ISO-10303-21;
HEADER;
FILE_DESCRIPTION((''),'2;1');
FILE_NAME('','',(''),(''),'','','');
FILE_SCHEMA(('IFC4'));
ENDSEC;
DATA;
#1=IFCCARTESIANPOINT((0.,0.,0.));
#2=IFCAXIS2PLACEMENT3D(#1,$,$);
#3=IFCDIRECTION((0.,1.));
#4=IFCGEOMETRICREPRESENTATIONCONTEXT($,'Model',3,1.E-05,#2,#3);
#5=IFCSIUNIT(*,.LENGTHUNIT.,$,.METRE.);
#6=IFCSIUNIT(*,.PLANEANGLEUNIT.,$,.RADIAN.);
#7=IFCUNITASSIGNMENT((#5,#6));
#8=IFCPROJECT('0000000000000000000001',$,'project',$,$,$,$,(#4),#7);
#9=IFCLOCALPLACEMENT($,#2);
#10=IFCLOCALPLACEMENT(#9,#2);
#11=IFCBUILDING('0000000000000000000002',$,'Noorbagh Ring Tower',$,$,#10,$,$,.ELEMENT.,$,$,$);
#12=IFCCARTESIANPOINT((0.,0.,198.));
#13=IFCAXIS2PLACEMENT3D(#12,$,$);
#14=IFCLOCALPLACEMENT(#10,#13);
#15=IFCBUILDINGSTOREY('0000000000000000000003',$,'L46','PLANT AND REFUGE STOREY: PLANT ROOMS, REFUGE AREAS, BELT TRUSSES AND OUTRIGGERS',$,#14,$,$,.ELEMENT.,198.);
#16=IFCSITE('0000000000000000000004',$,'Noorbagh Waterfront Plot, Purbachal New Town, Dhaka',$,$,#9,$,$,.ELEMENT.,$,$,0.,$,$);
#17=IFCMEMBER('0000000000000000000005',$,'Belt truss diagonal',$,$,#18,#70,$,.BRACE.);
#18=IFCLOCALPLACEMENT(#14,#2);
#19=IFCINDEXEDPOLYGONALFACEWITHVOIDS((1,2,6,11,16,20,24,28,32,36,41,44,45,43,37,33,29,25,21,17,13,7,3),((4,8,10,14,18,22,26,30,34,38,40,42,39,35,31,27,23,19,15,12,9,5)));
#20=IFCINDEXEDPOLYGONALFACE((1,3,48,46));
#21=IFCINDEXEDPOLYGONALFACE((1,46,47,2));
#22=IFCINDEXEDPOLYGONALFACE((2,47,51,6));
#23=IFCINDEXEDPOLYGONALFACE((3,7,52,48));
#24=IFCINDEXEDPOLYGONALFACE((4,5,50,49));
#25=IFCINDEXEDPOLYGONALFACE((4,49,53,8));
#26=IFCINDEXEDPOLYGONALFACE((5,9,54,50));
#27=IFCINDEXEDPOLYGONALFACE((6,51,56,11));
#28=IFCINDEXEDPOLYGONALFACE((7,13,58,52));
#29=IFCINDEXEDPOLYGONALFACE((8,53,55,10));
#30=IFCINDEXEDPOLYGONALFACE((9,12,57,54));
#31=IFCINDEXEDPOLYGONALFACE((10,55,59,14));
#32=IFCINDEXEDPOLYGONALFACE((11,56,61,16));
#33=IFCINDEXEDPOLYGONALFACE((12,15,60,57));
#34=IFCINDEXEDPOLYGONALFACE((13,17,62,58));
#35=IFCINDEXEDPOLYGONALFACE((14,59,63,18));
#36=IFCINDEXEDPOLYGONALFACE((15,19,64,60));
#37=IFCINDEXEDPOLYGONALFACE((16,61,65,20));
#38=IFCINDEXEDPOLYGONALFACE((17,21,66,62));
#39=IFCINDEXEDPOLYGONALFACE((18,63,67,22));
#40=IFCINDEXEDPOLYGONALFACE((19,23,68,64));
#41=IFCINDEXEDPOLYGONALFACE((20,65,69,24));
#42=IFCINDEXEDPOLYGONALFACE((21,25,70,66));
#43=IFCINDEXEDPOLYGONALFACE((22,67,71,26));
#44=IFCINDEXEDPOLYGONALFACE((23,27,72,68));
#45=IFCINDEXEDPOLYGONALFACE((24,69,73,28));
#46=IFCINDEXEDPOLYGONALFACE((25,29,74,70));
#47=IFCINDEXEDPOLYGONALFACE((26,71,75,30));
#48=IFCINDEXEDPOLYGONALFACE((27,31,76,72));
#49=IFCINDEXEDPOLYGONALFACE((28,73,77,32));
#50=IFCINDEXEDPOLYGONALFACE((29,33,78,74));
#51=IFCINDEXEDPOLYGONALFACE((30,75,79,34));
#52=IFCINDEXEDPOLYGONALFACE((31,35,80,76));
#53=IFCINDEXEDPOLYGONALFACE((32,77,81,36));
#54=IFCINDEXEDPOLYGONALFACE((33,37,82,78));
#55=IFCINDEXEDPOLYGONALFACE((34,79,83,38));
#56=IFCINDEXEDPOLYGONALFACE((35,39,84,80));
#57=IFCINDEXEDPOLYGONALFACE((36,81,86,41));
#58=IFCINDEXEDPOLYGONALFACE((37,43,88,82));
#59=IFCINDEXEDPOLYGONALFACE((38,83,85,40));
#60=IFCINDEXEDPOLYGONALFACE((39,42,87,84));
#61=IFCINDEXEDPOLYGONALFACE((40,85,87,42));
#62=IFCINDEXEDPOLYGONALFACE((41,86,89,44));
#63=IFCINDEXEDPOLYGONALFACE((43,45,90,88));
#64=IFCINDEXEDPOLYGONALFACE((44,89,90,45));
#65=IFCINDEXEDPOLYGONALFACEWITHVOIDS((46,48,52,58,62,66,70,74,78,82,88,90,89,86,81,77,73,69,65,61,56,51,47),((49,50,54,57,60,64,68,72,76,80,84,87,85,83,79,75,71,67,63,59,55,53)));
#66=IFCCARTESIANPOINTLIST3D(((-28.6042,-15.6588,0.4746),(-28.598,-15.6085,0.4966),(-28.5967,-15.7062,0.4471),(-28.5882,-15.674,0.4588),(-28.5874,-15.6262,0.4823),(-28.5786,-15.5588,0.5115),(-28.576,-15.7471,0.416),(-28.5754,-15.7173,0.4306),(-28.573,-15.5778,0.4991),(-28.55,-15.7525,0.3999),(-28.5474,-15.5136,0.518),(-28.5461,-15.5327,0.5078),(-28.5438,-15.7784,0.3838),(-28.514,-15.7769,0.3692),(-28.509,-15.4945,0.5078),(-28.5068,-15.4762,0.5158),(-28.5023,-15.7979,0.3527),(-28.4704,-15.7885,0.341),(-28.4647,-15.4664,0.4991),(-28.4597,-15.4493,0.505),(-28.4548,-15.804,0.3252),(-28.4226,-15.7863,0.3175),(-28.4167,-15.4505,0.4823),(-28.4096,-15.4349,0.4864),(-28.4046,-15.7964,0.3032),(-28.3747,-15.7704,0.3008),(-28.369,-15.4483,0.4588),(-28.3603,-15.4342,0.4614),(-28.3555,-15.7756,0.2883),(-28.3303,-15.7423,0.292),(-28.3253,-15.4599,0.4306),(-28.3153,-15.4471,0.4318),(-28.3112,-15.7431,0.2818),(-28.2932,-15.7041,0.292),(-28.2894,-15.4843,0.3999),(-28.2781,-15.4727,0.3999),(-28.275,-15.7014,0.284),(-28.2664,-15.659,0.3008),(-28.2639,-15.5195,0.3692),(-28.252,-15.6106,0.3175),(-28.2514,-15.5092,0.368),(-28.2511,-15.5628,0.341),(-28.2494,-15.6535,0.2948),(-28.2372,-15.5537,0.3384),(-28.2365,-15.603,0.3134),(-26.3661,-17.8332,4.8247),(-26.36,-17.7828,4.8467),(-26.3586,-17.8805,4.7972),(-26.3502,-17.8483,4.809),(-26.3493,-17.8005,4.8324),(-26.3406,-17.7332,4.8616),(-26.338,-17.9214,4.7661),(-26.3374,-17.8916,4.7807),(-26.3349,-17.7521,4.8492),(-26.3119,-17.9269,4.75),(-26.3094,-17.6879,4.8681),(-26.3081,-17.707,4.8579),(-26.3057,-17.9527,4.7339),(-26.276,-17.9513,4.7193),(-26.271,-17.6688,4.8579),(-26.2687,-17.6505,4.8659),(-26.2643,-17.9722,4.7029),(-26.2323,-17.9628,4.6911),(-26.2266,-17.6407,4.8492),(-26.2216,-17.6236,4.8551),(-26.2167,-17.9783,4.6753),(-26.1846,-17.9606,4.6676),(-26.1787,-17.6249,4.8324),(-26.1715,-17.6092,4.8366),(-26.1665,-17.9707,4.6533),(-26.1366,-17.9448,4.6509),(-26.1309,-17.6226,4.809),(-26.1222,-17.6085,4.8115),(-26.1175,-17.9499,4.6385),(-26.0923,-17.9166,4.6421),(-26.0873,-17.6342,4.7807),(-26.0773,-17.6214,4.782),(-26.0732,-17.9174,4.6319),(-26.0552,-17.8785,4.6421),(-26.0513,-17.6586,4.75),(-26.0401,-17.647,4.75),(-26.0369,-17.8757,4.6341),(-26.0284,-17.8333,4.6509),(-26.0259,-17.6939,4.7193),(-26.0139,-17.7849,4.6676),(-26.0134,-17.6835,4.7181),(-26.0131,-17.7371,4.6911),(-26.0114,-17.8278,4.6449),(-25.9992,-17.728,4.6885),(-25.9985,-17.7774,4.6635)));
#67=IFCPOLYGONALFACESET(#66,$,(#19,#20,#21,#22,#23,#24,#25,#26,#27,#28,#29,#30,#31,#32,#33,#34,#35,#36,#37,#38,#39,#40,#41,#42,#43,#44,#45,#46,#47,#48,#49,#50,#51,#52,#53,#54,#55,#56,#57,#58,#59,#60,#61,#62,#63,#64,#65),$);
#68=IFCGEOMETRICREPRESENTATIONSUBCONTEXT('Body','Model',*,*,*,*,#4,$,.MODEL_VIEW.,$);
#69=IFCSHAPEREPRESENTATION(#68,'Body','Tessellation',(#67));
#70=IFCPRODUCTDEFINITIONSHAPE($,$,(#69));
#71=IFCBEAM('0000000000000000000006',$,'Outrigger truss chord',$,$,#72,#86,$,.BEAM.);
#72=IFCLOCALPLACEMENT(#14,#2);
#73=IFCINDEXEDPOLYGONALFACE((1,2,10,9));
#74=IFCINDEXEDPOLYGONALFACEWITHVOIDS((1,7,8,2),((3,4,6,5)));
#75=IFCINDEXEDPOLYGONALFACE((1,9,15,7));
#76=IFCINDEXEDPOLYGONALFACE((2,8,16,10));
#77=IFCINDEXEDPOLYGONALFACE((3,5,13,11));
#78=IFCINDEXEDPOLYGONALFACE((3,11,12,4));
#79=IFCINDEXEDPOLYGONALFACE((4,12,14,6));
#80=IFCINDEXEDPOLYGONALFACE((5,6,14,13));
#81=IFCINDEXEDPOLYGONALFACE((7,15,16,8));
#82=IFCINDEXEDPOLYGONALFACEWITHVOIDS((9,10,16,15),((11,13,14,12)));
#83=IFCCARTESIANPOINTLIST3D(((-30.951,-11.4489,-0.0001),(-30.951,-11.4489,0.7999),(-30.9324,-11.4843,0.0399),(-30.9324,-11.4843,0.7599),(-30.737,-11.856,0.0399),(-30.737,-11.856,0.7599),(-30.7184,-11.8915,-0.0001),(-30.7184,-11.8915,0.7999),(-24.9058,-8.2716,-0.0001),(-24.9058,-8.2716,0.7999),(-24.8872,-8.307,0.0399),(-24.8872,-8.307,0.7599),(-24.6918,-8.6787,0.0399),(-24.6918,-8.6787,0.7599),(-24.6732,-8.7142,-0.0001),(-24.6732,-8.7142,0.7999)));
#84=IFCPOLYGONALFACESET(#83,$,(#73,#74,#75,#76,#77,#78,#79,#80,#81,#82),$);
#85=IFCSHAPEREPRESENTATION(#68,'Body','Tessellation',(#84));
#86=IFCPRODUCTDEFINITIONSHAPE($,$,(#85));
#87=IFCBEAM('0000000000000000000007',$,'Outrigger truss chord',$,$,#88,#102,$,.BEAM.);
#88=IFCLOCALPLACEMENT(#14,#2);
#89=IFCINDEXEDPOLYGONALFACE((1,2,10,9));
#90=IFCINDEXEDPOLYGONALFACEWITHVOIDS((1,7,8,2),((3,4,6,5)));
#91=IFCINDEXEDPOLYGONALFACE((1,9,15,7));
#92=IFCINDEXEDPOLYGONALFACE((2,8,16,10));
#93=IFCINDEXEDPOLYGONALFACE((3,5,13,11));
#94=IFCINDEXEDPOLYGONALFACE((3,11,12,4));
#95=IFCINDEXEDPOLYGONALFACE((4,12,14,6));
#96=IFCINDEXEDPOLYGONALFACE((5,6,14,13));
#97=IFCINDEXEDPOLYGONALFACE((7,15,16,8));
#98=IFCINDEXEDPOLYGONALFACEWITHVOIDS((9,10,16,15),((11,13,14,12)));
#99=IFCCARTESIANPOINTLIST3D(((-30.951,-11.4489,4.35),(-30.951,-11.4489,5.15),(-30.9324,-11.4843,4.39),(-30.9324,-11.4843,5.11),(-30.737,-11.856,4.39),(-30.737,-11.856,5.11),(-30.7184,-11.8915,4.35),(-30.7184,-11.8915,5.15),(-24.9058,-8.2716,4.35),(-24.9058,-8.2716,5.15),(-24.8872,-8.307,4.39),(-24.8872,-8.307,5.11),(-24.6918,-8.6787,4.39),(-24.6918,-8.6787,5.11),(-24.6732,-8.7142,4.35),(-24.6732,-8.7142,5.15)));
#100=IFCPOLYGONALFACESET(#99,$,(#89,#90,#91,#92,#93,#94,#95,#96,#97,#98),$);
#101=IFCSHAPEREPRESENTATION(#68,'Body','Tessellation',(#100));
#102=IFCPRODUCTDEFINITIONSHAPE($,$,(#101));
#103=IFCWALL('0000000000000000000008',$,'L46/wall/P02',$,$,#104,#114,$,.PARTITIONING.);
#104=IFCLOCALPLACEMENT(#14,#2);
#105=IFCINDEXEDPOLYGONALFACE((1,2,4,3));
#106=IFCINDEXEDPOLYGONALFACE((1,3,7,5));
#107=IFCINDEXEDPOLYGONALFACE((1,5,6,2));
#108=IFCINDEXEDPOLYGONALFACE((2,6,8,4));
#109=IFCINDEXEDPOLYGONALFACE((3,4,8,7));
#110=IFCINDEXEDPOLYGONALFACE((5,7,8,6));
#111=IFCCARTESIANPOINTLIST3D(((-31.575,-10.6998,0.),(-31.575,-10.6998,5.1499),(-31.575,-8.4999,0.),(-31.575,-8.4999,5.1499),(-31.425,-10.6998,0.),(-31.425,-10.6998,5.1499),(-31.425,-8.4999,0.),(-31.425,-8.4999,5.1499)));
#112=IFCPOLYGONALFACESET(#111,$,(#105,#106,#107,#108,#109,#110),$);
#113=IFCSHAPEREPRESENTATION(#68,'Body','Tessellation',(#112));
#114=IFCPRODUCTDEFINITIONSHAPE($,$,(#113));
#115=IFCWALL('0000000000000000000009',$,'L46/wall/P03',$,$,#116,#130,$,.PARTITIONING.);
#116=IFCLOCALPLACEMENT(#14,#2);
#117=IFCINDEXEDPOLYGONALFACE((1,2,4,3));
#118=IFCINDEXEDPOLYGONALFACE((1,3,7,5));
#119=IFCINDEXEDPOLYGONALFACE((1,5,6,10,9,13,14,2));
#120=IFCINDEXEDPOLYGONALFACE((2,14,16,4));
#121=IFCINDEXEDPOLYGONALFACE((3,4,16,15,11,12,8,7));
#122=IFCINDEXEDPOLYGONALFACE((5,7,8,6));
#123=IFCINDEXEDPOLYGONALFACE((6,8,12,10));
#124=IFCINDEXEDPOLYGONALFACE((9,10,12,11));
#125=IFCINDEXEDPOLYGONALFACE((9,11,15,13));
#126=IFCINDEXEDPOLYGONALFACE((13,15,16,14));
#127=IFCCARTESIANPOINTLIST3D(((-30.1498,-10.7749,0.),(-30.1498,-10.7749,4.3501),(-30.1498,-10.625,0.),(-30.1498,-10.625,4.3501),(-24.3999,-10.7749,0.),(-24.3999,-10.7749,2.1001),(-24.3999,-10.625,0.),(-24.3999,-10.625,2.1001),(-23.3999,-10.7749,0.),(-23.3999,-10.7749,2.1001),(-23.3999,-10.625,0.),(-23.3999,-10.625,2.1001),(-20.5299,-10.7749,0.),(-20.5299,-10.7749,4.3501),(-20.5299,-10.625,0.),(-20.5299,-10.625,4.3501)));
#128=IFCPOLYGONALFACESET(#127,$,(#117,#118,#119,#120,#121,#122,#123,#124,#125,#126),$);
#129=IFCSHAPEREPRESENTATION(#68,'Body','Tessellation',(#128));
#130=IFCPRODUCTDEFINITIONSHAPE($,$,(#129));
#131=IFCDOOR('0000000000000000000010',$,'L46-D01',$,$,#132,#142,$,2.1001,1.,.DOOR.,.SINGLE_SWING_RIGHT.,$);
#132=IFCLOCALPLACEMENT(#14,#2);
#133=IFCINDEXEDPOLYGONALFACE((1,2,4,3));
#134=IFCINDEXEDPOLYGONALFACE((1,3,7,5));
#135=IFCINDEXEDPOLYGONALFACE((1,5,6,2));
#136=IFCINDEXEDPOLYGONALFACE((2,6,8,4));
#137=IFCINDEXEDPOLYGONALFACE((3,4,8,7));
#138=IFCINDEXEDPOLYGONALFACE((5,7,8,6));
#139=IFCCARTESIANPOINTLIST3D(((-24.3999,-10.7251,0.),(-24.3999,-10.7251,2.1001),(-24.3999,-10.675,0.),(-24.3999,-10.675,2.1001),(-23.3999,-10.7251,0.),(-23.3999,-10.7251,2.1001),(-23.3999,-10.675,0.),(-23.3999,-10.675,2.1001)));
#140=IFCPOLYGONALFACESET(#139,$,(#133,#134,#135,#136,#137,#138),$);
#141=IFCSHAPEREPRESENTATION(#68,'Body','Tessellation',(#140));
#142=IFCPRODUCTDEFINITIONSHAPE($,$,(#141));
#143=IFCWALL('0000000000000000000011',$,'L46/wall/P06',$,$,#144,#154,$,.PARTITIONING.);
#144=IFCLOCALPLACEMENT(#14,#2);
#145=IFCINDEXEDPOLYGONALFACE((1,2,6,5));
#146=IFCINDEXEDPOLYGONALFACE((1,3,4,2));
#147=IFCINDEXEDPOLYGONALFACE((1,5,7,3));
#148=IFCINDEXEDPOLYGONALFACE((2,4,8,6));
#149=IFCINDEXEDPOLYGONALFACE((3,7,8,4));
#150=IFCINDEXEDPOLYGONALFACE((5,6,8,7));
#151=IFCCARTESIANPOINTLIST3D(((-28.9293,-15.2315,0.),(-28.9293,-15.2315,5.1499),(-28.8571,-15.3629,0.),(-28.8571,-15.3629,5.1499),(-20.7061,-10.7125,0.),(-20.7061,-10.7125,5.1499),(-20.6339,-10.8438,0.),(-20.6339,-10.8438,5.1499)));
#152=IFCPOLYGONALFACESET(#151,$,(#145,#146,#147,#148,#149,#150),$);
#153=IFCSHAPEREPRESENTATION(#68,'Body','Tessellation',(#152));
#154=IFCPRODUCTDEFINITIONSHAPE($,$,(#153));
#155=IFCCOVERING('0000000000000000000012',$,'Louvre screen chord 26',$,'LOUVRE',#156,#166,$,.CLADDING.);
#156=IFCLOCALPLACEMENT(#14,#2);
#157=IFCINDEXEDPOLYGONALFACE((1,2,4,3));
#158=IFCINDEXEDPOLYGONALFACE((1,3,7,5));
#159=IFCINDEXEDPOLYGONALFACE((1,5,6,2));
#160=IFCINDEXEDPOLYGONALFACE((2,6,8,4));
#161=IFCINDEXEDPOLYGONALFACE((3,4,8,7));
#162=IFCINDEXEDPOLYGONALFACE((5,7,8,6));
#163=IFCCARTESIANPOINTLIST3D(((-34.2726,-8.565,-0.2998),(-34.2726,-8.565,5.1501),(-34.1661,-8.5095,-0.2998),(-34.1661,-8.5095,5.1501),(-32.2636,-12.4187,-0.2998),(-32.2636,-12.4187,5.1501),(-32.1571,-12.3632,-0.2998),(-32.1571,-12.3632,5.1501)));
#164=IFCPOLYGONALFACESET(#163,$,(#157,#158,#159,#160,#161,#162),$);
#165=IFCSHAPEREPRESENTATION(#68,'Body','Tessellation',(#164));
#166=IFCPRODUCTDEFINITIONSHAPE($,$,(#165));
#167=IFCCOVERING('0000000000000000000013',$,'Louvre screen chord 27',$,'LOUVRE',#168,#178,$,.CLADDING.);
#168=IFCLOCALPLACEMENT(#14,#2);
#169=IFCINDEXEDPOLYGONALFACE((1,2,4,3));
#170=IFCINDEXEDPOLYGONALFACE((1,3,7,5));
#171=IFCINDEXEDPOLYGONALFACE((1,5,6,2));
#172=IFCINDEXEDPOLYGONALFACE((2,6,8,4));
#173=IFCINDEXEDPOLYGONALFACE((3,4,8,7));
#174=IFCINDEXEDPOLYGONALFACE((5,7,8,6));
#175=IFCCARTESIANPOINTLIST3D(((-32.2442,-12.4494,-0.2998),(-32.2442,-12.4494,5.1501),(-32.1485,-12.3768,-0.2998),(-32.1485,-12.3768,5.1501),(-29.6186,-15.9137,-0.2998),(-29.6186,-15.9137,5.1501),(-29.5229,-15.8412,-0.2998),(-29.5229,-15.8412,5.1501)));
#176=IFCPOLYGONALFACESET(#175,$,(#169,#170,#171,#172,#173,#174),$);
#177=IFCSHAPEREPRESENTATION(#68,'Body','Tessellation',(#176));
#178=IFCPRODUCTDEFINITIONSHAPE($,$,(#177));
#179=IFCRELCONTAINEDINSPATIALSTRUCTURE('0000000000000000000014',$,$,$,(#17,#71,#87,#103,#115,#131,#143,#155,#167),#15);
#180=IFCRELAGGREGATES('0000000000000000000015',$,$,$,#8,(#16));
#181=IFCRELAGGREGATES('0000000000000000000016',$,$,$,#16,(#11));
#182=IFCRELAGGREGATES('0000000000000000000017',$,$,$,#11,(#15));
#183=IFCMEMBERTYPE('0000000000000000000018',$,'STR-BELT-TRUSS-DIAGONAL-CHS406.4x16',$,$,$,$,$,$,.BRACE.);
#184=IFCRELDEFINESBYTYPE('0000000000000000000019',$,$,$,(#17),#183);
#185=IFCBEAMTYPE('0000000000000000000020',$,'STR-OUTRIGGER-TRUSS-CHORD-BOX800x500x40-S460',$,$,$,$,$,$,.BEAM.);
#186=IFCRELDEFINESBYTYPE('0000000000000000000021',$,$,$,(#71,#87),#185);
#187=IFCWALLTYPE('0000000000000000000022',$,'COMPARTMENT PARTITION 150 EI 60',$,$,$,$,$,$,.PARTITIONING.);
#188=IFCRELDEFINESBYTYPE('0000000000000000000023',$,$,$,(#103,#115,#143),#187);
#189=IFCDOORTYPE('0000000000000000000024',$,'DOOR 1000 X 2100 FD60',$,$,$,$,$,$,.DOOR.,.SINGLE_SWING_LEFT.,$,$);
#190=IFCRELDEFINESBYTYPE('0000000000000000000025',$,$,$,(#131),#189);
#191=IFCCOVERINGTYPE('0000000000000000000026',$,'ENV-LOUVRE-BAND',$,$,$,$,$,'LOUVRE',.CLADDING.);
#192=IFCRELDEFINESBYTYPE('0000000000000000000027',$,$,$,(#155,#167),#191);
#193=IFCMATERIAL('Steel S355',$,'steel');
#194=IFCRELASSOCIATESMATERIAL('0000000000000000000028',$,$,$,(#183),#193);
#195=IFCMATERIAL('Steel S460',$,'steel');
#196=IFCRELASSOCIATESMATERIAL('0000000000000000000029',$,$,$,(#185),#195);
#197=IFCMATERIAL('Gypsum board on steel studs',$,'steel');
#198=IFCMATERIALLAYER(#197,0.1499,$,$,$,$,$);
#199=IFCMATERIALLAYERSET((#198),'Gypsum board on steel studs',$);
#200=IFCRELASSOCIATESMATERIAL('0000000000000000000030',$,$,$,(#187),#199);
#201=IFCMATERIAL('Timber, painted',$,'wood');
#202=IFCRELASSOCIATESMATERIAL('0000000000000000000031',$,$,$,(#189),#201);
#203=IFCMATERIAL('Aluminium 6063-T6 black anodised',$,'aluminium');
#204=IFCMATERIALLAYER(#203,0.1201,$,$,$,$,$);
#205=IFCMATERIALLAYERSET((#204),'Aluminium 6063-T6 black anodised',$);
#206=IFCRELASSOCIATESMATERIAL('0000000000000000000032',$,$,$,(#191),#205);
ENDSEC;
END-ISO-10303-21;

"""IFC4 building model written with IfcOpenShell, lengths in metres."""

from ifc_helpers import new_model, si_unit, direction, frame, frame_2d, origin, origin_2d, place, context, subcontext, project, spatial, rectangle, hollow_rectangle, hollow_circle, extrude, material, layer, layer_set, material_profile, profile_set, type_object, element, fill, save


model = new_model("IFC4")

# Units and contexts
model_context = context("Model", 3, precision=1e-05, world=origin(), true_north=direction((0.0, 1.0)))
body_context = subcontext(model_context, "Body", "Model", "MODEL_VIEW")
ifc_project = project(units=[si_unit("LENGTHUNIT", "METRE"), si_unit("PLANEANGLEUNIT", "RADIAN")], contexts=[model_context])

# Site, building, storey
site_placement = place(None, origin())
site = spatial("IfcSite", under=ifc_project, at=site_placement, Name="Noorbagh Waterfront Plot, Purbachal New Town, Dhaka", CompositionType="ELEMENT", RefElevation=0.0)
building_placement = place(site_placement, origin())
building = spatial("IfcBuilding", under=site, at=building_placement, Name="Noorbagh Ring Tower", CompositionType="ELEMENT")
storey_placement = place(building_placement, frame((0.0, 0.0, 198.0)))
storey = spatial("IfcBuildingStorey", under=building, at=storey_placement, Name="L46", Description="PLANT AND REFUGE STOREY: PLANT ROOMS, REFUGE AREAS, BELT TRUSSES AND OUTRIGGERS", CompositionType="ELEMENT", Elevation=198.0)

# Member
ifc_material_1 = material(Name="Steel S355", Category="steel")
ifc_material_profile_1 = material_profile(ifc_material_1, hollow_circle(Radius=0.2031, WallThickness=0.0161, at=origin_2d()), Name="CHS406.4x16")
ifc_profile_set_1 = profile_set([ifc_material_profile_1], Name="Steel S355")
member_type = type_object("IfcMemberType", Name="STR-BELT-TRUSS-DIAGONAL-CHS406.4x16", PredefinedType="BRACE", material=ifc_profile_set_1)
member_1_placement = place(storey_placement, frame((-28.4197, -15.6184, 0.3999), z_axis=(0.418052, -0.40615, 0.812573), x_axis=(0.696822, 0.717244, 0.0)))
element("IfcMember", 1, at=member_1_placement, inside=storey, type_object=member_type, Name="Belt truss diagonal", PredefinedType="BRACE", context=body_context, shape_type="SweptSolid", body=[
    extrude(hollow_circle(Radius=0.2031, WallThickness=0.0161, at=origin_2d()), origin(), (0.0, 0.0, 1.0), 5.3535),
])

# Beams
ifc_material_2 = material(Name="Steel S460", Category="steel")
ifc_material_profile_2 = material_profile(ifc_material_2, hollow_rectangle(XDim=0.5, YDim=0.8, WallThickness=0.04, at=origin_2d()), Name="BOX800x500x40")
ifc_profile_set_2 = profile_set([ifc_material_profile_2], Name="Steel S460")
beam_type_1 = type_object("IfcBeamType", Name="STR-OUTRIGGER-TRUSS-CHORD-BOX800x500x40-S460", PredefinedType="BEAM", material=ifc_profile_set_2)
for number, where, z_axis, x_axis, name in (
    (2, (-30.8347, -11.6702, 0.3999), (0.885185, 0.46524, 0.0), (-0.46524, 0.885185, 0.0), "Outrigger truss chord"),
    (3, (-30.8347, -11.6702, 4.75), (0.885185, 0.46524, 0.0), (-0.46524, 0.885185, 0.0), "Outrigger truss chord"),
):
    element("IfcBeam", number, at=place(storey_placement, frame(where, z_axis=z_axis, x_axis=x_axis)), inside=storey, type_object=beam_type_1, Name=name, PredefinedType="BEAM", context=body_context, shape_type="SweptSolid", body=[
        extrude(hollow_rectangle(XDim=0.5, YDim=0.8, WallThickness=0.04, at=origin_2d()), origin(), (0.0, 0.0, 1.0), 6.8293),
    ])

# Wall
ifc_material_3 = material(Name="Gypsum board on steel studs", Category="steel")
ifc_layer_1 = layer(ifc_material_3, 0.1499)
ifc_layer_set_1 = layer_set([ifc_layer_1], Name="Gypsum board on steel studs")
wall_type = type_object("IfcWallType", Name="COMPARTMENT PARTITION 150 EI 60", PredefinedType="PARTITIONING", material=ifc_layer_set_1)
wall_1_placement = place(storey_placement, frame((-31.5, -10.7, 0.0), z_axis=(0.0, 0.0, 1.0), x_axis=(0.0, 1.0, 0.0)))
element("IfcWall", 4, at=wall_1_placement, inside=storey, type_object=wall_type, Name="L46/wall/P02", PredefinedType="PARTITIONING", context=body_context, shape_type="SweptSolid", body=[
    extrude(rectangle(XDim=2.2, YDim=0.1499, at=frame_2d((1.1001, 0.0))), origin(), (0.0, 0.0, 1.0), 5.1499),
])

# Wall, opening, door
wall_2_placement = place(storey_placement, frame((-30.1499, -10.7, 0.0), z_axis=(0.0, 0.0, 1.0), x_axis=(1.0, 0.0, 0.0)))
wall_2 = element("IfcWall", 5, at=wall_2_placement, inside=storey, type_object=wall_type, Name="L46/wall/P03", PredefinedType="PARTITIONING", context=body_context, shape_type="SweptSolid", body=[
    extrude(rectangle(XDim=9.6199, YDim=0.1499, at=frame_2d((4.8101, 0.0))), origin(), (0.0, 0.0, 1.0), 4.3501),
])
opening_placement = place(wall_2_placement, frame((5.75, 0.0, 0.0)))
opening = element("IfcOpeningElement", 6, at=opening_placement, cuts=wall_2, PredefinedType="OPENING", context=body_context, shape_type="SweptSolid", body=[
    extrude(rectangle(XDim=1.0, YDim=2.1001, at=frame_2d((0.5, 1.05))), frame((0.0, 0.085, 0.0), z_axis=(0.0, -1.0, 0.0), x_axis=(1.0, 0.0, 0.0)), (0.0, 0.0, 1.0), 0.1699),
])
ifc_material_4 = material(Name="Timber, painted", Category="wood")
door_type = type_object("IfcDoorType", Name="DOOR 1000 X 2100 FD60", OperationType="SINGLE_SWING_LEFT", PredefinedType="DOOR", material=ifc_material_4)
door_placement = place(opening_placement, origin())
door = element("IfcDoor", 7, at=door_placement, inside=storey, type_object=door_type, Name="L46-D01", OperationType="SINGLE_SWING_RIGHT", OverallHeight=2.1001, OverallWidth=1.0, PredefinedType="DOOR", context=body_context, shape_type="SweptSolid", body=[
    extrude(rectangle(XDim=1.0, YDim=2.1001, at=frame_2d((0.5, 1.05))), frame((0.0, 0.0249, 0.0), z_axis=(0.0, -1.0, 0.0), x_axis=(1.0, 0.0, 0.0)), (0.0, 0.0, 1.0), 0.05),
])
fill(opening, door)

# Wall
wall_3_placement = place(storey_placement, frame((-28.8931, -15.2971, 0.0), z_axis=(0.0, 0.0, 1.0), x_axis=(0.876382, 0.481617, 0.0)))
element("IfcWall", 8, at=wall_3_placement, inside=storey, type_object=wall_type, Name="L46/wall/P06", PredefinedType="PARTITIONING", context=body_context, shape_type="SweptSolid", body=[
    extrude(rectangle(XDim=9.3831, YDim=0.1499, at=frame_2d((4.6914, 0.0))), origin(), (0.0, 0.0, 1.0), 5.1499),
])

# Coverings
ifc_material_5 = material(Name="Aluminium 6063-T6 black anodised", Category="aluminium")
ifc_layer_2 = layer(ifc_material_5, 0.1201)
ifc_layer_set_2 = layer_set([ifc_layer_2], Name="Aluminium 6063-T6 black anodised")
covering_type_1 = type_object("IfcCoveringType", Name="ENV-LOUVRE-BAND", ElementType="LOUVRE", PredefinedType="CLADDING", material=ifc_layer_set_2)
covering_1_placement = place(storey_placement, frame((-33.2148, -10.4641, -0.2998), z_axis=(0.0, 0.0, 1.0), x_axis=(0.462278, -0.886735, 0.0)))
element("IfcCovering", 9, at=covering_1_placement, inside=storey, type_object=covering_type_1, Name="Louvre screen chord 26", ObjectType="LOUVRE", PredefinedType="CLADDING", context=body_context, shape_type="SweptSolid", body=[
    extrude(rectangle(XDim=4.3459, YDim=0.1201, at=origin_2d()), origin(), (0.0, 0.0, 1.0), 5.45),
])
covering_2_placement = place(storey_placement, frame((-30.8835, -14.1453, -0.2998), z_axis=(0.0, 0.0, 1.0), x_axis=(0.60402, -0.796969, 0.0)))
element("IfcCovering", 10, at=covering_2_placement, inside=storey, type_object=covering_type_1, Name="Louvre screen chord 27", ObjectType="LOUVRE", PredefinedType="CLADDING", context=body_context, shape_type="SweptSolid", body=[
    extrude(rectangle(XDim=4.3469, YDim=0.1201, at=origin_2d()), origin(), (0.0, 0.0, 1.0), 5.45),
])

save(model, "model.ifc")
